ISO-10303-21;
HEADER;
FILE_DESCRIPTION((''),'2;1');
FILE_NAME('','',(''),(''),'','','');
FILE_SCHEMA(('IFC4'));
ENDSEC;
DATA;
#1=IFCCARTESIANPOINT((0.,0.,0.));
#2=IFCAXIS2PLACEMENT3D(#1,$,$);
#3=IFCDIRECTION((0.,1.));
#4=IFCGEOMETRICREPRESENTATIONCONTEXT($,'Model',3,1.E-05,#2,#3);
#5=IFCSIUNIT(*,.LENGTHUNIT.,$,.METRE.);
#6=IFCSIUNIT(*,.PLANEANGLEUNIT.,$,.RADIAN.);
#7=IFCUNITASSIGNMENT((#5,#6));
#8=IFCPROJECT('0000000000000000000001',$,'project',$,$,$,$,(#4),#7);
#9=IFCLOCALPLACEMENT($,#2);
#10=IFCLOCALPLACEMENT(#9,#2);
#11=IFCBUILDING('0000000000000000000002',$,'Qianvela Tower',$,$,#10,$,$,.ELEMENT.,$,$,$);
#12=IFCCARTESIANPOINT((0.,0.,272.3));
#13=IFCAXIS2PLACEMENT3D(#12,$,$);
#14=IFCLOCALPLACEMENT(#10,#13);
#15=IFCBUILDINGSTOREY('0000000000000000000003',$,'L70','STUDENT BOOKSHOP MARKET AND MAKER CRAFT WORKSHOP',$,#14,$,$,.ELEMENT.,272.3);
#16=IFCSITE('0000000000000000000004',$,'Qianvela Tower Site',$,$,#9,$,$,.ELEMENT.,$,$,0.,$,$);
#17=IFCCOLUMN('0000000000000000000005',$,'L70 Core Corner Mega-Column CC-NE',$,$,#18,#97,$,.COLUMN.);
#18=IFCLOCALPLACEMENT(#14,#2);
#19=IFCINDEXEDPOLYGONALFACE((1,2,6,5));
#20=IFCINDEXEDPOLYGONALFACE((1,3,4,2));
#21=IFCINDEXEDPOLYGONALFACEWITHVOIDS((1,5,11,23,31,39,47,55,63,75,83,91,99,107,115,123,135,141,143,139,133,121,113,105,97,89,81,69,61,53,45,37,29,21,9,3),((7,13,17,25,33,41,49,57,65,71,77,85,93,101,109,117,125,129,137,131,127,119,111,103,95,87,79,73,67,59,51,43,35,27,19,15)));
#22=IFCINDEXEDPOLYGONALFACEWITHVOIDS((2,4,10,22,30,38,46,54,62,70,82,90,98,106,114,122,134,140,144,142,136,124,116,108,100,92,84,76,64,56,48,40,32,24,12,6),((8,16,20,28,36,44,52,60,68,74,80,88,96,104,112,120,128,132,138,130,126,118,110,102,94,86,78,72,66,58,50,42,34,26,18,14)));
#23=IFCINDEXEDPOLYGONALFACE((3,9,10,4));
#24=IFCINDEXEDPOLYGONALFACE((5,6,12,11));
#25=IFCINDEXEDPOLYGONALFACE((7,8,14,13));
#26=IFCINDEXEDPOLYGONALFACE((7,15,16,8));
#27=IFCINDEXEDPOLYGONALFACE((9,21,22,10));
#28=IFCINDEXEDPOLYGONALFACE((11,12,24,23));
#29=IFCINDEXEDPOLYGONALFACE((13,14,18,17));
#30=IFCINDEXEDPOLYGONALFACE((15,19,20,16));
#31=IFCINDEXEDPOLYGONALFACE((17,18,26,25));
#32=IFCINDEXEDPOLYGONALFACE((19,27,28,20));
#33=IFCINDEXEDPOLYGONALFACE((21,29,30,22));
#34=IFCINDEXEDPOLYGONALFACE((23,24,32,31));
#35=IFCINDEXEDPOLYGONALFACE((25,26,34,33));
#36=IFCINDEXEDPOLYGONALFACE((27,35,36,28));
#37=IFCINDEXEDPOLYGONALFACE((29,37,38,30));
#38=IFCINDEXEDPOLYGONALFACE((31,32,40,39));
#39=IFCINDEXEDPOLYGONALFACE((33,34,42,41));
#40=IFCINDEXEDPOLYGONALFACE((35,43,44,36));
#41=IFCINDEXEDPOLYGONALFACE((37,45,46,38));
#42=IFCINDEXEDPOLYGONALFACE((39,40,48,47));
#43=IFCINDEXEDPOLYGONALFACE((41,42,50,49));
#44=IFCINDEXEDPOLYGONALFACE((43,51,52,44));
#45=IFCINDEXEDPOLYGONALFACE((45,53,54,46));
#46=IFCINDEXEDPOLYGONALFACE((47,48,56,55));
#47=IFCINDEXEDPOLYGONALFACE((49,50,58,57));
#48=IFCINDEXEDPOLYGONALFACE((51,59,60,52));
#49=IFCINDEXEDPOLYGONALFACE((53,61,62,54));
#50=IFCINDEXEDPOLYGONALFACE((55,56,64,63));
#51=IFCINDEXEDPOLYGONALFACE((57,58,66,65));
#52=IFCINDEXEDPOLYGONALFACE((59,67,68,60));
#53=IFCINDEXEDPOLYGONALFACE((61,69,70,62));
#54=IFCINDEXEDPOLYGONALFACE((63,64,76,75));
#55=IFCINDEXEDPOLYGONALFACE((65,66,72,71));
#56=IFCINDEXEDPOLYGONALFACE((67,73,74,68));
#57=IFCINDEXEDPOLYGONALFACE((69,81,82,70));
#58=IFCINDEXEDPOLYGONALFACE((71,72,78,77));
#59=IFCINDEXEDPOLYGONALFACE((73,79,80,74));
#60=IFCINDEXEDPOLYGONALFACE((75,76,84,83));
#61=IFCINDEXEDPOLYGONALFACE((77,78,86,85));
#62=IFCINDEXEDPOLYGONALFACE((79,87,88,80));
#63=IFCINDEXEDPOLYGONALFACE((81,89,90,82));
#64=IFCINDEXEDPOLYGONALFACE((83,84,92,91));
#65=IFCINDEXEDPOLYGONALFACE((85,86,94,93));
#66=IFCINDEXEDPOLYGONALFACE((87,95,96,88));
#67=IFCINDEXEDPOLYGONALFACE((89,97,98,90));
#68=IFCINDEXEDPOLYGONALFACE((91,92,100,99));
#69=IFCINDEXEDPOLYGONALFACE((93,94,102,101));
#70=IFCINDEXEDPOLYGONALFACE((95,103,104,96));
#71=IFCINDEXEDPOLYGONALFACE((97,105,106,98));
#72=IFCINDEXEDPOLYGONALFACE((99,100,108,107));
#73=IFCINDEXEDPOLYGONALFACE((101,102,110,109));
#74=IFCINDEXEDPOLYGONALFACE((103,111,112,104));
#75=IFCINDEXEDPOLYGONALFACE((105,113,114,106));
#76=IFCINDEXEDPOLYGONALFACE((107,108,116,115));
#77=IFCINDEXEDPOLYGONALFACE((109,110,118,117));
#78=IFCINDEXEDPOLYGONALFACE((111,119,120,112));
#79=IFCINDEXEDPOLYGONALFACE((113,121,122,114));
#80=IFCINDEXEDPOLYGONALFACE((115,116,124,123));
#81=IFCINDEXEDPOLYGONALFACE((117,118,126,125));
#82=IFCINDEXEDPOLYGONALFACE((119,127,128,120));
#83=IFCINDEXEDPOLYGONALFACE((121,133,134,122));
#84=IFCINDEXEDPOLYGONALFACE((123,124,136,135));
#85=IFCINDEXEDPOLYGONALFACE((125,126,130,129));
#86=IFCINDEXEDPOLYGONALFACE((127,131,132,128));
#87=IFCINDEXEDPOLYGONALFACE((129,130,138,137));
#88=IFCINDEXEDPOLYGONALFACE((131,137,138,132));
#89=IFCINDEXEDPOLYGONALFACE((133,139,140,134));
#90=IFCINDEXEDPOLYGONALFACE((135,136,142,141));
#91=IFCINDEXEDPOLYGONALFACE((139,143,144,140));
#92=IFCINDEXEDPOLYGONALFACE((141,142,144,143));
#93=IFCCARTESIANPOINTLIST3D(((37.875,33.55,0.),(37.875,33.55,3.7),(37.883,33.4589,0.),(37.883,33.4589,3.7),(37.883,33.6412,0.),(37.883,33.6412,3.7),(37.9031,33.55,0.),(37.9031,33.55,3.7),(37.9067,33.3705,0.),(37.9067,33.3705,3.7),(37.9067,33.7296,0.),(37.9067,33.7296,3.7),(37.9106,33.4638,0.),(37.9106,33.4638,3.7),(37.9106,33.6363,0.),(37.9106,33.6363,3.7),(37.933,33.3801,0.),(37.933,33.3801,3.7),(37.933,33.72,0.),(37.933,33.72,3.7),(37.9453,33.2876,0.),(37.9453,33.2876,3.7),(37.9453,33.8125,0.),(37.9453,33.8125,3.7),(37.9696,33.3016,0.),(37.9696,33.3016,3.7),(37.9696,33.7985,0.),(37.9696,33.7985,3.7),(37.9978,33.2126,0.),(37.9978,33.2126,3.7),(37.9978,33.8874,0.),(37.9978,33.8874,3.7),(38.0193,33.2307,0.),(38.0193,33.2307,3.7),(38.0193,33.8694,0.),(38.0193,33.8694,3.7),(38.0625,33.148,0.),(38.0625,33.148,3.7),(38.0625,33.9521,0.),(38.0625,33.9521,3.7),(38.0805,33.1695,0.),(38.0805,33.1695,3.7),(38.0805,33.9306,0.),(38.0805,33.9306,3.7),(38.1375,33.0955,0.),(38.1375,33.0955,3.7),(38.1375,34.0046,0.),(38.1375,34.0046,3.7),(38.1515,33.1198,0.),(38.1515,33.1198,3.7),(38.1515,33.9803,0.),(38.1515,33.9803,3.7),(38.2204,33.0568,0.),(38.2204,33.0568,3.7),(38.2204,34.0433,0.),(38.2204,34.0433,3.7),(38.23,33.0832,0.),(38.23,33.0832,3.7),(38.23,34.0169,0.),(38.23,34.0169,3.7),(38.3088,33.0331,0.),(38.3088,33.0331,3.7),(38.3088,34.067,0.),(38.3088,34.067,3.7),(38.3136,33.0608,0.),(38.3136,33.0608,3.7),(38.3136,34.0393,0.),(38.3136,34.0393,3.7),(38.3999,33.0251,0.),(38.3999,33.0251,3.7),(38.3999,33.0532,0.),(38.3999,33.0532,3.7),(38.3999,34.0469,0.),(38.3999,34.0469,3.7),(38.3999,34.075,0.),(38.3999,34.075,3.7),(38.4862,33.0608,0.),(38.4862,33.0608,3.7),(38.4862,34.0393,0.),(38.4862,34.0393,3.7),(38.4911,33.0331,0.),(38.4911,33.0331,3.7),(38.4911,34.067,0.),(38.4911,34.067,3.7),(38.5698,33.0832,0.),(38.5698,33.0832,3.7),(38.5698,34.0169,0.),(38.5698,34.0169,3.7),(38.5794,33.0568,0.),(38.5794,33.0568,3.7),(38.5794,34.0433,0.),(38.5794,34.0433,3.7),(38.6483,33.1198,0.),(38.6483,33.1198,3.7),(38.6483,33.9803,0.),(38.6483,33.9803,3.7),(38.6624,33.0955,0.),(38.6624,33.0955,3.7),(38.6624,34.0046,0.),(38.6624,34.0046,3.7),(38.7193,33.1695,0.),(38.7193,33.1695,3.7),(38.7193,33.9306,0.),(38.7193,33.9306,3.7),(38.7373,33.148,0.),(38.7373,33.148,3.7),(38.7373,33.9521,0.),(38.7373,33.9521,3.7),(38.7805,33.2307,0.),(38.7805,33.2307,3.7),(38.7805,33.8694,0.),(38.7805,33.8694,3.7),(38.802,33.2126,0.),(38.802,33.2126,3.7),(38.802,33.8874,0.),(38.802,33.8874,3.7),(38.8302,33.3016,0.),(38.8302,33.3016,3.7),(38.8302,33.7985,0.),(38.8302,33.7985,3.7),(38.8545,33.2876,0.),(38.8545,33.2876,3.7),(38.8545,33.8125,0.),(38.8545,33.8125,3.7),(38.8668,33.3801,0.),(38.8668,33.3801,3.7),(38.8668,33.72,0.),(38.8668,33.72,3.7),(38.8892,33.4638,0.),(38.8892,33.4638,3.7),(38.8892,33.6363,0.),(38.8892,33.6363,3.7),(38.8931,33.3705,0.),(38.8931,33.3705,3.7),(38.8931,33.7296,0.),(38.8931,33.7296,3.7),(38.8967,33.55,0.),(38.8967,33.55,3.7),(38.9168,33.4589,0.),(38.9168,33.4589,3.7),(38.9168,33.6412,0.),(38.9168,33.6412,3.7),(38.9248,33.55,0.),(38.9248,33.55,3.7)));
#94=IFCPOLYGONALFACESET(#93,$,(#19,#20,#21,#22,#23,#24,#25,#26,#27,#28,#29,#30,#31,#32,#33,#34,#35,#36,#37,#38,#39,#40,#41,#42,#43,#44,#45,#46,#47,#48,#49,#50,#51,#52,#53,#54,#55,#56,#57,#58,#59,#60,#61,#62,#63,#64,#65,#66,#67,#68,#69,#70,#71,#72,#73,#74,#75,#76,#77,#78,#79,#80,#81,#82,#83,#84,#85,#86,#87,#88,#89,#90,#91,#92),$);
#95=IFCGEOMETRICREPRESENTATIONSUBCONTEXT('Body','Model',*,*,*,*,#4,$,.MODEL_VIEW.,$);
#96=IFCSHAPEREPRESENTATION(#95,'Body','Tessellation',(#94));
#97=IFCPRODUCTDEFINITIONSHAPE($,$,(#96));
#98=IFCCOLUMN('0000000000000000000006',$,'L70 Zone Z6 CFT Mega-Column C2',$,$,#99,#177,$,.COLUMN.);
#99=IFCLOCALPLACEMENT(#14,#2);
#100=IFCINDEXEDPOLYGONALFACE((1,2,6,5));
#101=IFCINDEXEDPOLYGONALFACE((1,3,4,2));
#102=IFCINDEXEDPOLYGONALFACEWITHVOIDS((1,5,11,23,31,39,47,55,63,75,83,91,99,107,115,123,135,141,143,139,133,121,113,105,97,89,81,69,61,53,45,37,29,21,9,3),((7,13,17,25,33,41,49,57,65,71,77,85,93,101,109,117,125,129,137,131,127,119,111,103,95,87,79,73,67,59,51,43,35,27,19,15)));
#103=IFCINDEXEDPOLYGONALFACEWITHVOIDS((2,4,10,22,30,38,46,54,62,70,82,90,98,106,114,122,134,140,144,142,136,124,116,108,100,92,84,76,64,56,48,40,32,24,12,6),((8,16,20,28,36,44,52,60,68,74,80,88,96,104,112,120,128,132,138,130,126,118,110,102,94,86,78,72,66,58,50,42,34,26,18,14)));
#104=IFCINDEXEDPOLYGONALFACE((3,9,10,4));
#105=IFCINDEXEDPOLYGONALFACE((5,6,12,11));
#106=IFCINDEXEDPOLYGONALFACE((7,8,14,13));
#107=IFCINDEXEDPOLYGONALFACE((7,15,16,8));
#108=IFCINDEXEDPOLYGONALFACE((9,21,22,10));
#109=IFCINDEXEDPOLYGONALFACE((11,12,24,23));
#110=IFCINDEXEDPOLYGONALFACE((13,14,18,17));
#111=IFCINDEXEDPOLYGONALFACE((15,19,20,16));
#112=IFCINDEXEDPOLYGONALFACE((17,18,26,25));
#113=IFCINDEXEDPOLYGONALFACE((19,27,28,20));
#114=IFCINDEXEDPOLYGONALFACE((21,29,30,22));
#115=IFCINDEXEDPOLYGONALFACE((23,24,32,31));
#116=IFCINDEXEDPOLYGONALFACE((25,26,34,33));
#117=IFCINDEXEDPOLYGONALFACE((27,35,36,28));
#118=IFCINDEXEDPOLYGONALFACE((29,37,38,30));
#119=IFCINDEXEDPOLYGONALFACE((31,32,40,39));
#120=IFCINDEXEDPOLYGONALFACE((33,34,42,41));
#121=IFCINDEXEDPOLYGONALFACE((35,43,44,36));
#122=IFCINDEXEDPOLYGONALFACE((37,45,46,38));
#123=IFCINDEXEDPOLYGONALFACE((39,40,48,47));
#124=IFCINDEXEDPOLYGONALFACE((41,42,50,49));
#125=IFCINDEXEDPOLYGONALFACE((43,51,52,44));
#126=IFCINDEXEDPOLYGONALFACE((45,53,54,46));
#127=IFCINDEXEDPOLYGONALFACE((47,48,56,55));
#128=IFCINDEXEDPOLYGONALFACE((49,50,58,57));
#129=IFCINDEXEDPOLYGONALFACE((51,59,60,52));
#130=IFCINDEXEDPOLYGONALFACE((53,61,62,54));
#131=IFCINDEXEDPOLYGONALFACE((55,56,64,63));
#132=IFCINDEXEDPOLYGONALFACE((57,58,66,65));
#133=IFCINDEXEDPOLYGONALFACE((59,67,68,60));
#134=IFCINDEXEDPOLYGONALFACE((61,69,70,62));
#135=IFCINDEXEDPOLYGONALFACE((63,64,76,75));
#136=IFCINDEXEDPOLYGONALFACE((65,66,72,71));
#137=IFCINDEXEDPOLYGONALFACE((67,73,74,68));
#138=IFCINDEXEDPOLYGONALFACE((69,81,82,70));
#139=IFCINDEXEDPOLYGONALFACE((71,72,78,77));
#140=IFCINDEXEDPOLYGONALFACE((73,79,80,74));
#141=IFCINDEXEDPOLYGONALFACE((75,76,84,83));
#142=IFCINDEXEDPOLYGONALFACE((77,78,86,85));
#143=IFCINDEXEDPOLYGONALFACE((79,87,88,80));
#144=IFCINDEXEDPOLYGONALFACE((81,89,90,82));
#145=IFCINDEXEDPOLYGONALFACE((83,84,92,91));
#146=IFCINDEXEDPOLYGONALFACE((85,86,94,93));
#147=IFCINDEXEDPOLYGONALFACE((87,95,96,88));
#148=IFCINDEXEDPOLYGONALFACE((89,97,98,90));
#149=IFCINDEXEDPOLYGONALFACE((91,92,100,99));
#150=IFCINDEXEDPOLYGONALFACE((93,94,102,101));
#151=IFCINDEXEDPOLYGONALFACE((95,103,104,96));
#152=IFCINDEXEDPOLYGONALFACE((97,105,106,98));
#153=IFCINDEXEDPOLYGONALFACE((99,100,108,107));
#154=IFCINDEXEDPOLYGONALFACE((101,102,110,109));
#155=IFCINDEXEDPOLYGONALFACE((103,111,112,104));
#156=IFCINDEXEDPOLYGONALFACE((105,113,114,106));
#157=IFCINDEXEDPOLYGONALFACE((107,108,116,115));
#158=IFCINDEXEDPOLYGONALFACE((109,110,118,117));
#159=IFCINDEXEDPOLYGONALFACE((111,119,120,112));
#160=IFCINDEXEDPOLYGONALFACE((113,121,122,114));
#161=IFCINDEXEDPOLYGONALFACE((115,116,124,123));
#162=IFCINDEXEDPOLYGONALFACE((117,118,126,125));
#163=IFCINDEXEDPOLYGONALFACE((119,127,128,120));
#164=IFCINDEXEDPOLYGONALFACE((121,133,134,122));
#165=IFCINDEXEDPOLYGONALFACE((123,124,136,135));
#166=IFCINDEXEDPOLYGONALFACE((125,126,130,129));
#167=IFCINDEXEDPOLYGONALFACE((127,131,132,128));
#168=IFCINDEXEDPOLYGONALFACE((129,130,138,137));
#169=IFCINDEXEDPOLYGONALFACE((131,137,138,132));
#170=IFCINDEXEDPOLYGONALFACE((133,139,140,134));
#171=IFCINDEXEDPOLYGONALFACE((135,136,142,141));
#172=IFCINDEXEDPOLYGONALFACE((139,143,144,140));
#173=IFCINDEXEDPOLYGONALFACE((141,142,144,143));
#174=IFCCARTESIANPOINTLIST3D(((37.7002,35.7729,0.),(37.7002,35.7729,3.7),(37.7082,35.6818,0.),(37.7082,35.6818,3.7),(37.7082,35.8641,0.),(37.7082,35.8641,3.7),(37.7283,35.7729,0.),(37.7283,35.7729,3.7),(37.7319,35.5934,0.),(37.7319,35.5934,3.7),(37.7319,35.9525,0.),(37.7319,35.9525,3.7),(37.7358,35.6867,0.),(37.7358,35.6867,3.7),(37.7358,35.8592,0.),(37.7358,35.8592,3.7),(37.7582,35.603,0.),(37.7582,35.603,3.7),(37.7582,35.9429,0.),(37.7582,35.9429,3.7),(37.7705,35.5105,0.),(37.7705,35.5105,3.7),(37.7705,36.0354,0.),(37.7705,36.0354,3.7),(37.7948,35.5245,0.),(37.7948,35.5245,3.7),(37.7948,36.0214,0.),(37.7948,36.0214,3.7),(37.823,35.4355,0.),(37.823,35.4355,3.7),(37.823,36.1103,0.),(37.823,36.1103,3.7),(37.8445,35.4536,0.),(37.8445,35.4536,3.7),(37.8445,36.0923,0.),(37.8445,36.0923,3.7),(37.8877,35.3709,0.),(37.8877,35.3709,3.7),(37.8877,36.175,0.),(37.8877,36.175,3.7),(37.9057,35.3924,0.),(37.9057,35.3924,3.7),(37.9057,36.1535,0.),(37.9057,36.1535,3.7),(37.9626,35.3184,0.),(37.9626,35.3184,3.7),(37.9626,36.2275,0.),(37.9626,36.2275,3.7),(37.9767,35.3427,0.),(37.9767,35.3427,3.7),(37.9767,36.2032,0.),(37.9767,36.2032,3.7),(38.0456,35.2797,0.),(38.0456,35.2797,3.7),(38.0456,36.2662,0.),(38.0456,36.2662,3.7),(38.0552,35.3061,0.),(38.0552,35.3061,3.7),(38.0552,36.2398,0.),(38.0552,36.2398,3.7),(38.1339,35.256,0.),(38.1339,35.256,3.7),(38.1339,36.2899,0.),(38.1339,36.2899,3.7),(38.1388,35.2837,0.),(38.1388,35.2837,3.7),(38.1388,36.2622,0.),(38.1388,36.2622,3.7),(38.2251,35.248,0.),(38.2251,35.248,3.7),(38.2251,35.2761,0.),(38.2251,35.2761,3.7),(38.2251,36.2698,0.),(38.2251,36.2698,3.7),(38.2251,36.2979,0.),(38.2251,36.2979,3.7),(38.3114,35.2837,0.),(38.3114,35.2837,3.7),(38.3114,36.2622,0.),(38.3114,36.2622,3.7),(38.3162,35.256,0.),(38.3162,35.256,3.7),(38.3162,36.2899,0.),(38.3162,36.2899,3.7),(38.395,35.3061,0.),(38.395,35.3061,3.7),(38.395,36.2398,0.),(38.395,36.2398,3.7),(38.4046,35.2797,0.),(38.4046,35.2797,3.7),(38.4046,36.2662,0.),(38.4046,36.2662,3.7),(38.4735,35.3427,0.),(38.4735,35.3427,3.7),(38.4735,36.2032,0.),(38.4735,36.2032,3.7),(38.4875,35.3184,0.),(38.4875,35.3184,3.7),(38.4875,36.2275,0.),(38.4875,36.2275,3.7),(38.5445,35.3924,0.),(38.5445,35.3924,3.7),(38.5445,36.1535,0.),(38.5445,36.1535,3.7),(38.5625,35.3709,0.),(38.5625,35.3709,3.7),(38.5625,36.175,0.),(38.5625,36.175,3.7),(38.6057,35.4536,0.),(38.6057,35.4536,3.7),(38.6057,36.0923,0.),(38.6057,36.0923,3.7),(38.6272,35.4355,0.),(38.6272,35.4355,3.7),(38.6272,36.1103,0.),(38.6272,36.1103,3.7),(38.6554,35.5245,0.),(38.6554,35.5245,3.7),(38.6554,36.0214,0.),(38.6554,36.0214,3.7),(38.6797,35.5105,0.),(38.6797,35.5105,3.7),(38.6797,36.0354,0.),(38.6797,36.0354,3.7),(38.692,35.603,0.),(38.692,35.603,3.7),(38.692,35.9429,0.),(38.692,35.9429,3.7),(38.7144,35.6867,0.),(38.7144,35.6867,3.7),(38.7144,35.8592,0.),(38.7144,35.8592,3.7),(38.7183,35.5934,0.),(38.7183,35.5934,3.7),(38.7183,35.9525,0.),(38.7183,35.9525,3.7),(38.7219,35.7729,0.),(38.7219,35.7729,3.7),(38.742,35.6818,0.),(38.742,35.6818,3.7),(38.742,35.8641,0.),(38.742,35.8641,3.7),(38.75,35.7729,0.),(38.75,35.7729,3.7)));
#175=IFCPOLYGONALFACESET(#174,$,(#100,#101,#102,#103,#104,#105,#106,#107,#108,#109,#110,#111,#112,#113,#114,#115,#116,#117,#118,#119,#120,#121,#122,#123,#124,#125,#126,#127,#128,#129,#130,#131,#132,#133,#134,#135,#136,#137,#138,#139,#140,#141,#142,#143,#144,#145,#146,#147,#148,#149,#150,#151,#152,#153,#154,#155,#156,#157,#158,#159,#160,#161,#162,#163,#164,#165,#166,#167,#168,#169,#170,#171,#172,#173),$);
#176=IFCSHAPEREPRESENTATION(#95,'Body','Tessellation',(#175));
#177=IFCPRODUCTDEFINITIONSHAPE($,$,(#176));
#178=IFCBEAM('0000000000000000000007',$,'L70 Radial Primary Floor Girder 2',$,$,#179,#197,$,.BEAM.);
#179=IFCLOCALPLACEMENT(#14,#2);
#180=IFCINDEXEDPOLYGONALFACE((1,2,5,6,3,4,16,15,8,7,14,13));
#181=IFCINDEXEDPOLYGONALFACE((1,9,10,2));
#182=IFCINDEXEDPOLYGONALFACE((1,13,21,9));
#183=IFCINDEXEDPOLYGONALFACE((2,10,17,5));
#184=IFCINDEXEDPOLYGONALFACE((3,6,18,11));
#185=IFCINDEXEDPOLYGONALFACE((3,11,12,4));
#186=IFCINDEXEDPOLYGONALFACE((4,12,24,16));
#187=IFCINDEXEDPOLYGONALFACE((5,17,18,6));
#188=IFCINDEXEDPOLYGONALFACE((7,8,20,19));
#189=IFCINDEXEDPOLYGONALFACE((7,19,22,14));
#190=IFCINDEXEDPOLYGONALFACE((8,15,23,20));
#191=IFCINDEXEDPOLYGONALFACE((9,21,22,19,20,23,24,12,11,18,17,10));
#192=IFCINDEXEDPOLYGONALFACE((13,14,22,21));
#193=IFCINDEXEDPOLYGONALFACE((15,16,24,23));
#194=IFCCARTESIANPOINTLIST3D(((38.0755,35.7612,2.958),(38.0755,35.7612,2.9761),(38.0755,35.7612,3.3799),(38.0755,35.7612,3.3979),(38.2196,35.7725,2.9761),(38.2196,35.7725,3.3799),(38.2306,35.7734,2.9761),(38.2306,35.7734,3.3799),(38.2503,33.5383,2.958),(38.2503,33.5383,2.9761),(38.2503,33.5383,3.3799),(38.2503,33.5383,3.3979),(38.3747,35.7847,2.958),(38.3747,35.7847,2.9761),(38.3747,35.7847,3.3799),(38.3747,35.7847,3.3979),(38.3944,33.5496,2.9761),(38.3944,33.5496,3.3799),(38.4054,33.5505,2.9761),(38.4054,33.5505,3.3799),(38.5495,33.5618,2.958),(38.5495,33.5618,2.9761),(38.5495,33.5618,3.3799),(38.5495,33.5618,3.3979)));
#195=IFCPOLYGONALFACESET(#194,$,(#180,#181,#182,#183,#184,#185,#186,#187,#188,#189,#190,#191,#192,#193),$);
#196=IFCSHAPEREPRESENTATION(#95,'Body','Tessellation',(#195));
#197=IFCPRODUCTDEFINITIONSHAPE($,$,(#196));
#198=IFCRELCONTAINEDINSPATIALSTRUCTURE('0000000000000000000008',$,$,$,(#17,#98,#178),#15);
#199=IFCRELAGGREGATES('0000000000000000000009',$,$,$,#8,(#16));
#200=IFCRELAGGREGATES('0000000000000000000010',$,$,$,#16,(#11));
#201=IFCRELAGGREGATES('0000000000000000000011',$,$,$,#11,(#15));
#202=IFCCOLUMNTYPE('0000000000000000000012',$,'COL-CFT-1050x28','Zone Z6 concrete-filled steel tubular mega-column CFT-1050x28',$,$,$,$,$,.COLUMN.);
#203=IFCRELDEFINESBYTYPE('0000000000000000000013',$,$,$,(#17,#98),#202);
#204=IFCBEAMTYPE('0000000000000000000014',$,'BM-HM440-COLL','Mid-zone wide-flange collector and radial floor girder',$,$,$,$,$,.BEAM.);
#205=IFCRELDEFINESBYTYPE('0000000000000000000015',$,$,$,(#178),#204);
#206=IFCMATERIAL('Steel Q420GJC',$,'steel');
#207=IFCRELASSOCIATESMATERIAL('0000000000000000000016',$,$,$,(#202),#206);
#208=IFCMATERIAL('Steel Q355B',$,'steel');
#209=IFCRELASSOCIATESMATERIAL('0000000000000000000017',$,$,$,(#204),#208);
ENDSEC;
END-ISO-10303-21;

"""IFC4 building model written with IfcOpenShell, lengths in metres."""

from ifc_helpers import new_model, si_unit, direction, frame, origin, origin_2d, place, context, subcontext, project, spatial, hollow_circle, i_section, extrude, material, material_profile, profile_set, type_object, element, save


model = new_model("IFC4")

# Units and contexts
model_context = context("Model", 3, precision=1e-05, world=origin(), true_north=direction((0.0, 1.0)))
body_context = subcontext(model_context, "Body", "Model", "MODEL_VIEW")
ifc_project = project(units=[si_unit("LENGTHUNIT", "METRE"), si_unit("PLANEANGLEUNIT", "RADIAN")], contexts=[model_context])

# Site, building, storey
site_placement = place(None, origin())
site = spatial("IfcSite", under=ifc_project, at=site_placement, Name="Qianvela Tower Site", CompositionType="ELEMENT", RefElevation=0.0)
building_placement = place(site_placement, origin())
building = spatial("IfcBuilding", under=site, at=building_placement, Name="Qianvela Tower", CompositionType="ELEMENT")
storey_placement = place(building_placement, frame((0.0, 0.0, 272.3)))
storey = spatial("IfcBuildingStorey", under=building, at=storey_placement, Name="L70", Description="STUDENT BOOKSHOP MARKET AND MAKER CRAFT WORKSHOP", CompositionType="ELEMENT", Elevation=272.3)

# Columns
ifc_material_1 = material(Name="Steel Q420GJC", Category="steel")
ifc_material_profile_1 = material_profile(ifc_material_1, hollow_circle(Radius=0.5249, WallThickness=0.0281, at=origin_2d()), Name="CFT-1050x28")
ifc_profile_set_1 = profile_set([ifc_material_profile_1], Name="Steel Q420GJC")
column_type = type_object("IfcColumnType", Name="COL-CFT-1050x28", Description="Zone Z6 concrete-filled steel tubular mega-column CFT-1050x28", PredefinedType="COLUMN", material=ifc_profile_set_1)
for number, where, z_axis, x_axis, name in (
    (1, (38.3999, 33.55, 0.0), (0.0, 0.0, 1.0), (1.0, 0.0, 0.0), "L70 Core Corner Mega-Column CC-NE"),
    (2, (38.2251, 35.7729, 0.0), (0.0, 0.0, 1.0), (1.0, 0.0, 0.0), "L70 Zone Z6 CFT Mega-Column C2"),
):
    element("IfcColumn", number, at=place(storey_placement, frame(where, z_axis=z_axis, x_axis=x_axis)), inside=storey, type_object=column_type, Name=name, PredefinedType="COLUMN", context=body_context, shape_type="SweptSolid", body=[
        extrude(hollow_circle(Radius=0.5249, WallThickness=0.0281, at=origin_2d()), origin(), (0.0, 0.0, 1.0), 3.7),
    ])

# Beam
ifc_material_2 = material(Name="Steel Q355B", Category="steel")
ifc_material_profile_2 = material_profile(ifc_material_2, i_section(OverallWidth=0.3, OverallDepth=0.4399, WebThickness=0.011, FlangeThickness=0.0181, at=origin_2d()), Name="HM440x300x11x18")
ifc_profile_set_2 = profile_set([ifc_material_profile_2], Name="Steel Q355B")
beam_type_1 = type_object("IfcBeamType", Name="BM-HM440-COLL", Description="Mid-zone wide-flange collector and radial floor girder", PredefinedType="BEAM", material=ifc_profile_set_2)
beam_1_placement = place(storey_placement, frame((38.3999, 33.55, 3.178), z_axis=(-0.078396, 0.996922, 0.0), x_axis=(-0.996922, -0.078396, 0.0)))
element("IfcBeam", 3, at=beam_1_placement, inside=storey, type_object=beam_type_1, Name="L70 Radial Primary Floor Girder 2", PredefinedType="BEAM", context=body_context, shape_type="SweptSolid", body=[
    extrude(i_section(OverallWidth=0.3, OverallDepth=0.4399, WebThickness=0.011, FlangeThickness=0.0181, at=origin_2d()), origin(), (0.0, 0.0, 1.0), 2.2297),
])

save(model, "model.ifc")
